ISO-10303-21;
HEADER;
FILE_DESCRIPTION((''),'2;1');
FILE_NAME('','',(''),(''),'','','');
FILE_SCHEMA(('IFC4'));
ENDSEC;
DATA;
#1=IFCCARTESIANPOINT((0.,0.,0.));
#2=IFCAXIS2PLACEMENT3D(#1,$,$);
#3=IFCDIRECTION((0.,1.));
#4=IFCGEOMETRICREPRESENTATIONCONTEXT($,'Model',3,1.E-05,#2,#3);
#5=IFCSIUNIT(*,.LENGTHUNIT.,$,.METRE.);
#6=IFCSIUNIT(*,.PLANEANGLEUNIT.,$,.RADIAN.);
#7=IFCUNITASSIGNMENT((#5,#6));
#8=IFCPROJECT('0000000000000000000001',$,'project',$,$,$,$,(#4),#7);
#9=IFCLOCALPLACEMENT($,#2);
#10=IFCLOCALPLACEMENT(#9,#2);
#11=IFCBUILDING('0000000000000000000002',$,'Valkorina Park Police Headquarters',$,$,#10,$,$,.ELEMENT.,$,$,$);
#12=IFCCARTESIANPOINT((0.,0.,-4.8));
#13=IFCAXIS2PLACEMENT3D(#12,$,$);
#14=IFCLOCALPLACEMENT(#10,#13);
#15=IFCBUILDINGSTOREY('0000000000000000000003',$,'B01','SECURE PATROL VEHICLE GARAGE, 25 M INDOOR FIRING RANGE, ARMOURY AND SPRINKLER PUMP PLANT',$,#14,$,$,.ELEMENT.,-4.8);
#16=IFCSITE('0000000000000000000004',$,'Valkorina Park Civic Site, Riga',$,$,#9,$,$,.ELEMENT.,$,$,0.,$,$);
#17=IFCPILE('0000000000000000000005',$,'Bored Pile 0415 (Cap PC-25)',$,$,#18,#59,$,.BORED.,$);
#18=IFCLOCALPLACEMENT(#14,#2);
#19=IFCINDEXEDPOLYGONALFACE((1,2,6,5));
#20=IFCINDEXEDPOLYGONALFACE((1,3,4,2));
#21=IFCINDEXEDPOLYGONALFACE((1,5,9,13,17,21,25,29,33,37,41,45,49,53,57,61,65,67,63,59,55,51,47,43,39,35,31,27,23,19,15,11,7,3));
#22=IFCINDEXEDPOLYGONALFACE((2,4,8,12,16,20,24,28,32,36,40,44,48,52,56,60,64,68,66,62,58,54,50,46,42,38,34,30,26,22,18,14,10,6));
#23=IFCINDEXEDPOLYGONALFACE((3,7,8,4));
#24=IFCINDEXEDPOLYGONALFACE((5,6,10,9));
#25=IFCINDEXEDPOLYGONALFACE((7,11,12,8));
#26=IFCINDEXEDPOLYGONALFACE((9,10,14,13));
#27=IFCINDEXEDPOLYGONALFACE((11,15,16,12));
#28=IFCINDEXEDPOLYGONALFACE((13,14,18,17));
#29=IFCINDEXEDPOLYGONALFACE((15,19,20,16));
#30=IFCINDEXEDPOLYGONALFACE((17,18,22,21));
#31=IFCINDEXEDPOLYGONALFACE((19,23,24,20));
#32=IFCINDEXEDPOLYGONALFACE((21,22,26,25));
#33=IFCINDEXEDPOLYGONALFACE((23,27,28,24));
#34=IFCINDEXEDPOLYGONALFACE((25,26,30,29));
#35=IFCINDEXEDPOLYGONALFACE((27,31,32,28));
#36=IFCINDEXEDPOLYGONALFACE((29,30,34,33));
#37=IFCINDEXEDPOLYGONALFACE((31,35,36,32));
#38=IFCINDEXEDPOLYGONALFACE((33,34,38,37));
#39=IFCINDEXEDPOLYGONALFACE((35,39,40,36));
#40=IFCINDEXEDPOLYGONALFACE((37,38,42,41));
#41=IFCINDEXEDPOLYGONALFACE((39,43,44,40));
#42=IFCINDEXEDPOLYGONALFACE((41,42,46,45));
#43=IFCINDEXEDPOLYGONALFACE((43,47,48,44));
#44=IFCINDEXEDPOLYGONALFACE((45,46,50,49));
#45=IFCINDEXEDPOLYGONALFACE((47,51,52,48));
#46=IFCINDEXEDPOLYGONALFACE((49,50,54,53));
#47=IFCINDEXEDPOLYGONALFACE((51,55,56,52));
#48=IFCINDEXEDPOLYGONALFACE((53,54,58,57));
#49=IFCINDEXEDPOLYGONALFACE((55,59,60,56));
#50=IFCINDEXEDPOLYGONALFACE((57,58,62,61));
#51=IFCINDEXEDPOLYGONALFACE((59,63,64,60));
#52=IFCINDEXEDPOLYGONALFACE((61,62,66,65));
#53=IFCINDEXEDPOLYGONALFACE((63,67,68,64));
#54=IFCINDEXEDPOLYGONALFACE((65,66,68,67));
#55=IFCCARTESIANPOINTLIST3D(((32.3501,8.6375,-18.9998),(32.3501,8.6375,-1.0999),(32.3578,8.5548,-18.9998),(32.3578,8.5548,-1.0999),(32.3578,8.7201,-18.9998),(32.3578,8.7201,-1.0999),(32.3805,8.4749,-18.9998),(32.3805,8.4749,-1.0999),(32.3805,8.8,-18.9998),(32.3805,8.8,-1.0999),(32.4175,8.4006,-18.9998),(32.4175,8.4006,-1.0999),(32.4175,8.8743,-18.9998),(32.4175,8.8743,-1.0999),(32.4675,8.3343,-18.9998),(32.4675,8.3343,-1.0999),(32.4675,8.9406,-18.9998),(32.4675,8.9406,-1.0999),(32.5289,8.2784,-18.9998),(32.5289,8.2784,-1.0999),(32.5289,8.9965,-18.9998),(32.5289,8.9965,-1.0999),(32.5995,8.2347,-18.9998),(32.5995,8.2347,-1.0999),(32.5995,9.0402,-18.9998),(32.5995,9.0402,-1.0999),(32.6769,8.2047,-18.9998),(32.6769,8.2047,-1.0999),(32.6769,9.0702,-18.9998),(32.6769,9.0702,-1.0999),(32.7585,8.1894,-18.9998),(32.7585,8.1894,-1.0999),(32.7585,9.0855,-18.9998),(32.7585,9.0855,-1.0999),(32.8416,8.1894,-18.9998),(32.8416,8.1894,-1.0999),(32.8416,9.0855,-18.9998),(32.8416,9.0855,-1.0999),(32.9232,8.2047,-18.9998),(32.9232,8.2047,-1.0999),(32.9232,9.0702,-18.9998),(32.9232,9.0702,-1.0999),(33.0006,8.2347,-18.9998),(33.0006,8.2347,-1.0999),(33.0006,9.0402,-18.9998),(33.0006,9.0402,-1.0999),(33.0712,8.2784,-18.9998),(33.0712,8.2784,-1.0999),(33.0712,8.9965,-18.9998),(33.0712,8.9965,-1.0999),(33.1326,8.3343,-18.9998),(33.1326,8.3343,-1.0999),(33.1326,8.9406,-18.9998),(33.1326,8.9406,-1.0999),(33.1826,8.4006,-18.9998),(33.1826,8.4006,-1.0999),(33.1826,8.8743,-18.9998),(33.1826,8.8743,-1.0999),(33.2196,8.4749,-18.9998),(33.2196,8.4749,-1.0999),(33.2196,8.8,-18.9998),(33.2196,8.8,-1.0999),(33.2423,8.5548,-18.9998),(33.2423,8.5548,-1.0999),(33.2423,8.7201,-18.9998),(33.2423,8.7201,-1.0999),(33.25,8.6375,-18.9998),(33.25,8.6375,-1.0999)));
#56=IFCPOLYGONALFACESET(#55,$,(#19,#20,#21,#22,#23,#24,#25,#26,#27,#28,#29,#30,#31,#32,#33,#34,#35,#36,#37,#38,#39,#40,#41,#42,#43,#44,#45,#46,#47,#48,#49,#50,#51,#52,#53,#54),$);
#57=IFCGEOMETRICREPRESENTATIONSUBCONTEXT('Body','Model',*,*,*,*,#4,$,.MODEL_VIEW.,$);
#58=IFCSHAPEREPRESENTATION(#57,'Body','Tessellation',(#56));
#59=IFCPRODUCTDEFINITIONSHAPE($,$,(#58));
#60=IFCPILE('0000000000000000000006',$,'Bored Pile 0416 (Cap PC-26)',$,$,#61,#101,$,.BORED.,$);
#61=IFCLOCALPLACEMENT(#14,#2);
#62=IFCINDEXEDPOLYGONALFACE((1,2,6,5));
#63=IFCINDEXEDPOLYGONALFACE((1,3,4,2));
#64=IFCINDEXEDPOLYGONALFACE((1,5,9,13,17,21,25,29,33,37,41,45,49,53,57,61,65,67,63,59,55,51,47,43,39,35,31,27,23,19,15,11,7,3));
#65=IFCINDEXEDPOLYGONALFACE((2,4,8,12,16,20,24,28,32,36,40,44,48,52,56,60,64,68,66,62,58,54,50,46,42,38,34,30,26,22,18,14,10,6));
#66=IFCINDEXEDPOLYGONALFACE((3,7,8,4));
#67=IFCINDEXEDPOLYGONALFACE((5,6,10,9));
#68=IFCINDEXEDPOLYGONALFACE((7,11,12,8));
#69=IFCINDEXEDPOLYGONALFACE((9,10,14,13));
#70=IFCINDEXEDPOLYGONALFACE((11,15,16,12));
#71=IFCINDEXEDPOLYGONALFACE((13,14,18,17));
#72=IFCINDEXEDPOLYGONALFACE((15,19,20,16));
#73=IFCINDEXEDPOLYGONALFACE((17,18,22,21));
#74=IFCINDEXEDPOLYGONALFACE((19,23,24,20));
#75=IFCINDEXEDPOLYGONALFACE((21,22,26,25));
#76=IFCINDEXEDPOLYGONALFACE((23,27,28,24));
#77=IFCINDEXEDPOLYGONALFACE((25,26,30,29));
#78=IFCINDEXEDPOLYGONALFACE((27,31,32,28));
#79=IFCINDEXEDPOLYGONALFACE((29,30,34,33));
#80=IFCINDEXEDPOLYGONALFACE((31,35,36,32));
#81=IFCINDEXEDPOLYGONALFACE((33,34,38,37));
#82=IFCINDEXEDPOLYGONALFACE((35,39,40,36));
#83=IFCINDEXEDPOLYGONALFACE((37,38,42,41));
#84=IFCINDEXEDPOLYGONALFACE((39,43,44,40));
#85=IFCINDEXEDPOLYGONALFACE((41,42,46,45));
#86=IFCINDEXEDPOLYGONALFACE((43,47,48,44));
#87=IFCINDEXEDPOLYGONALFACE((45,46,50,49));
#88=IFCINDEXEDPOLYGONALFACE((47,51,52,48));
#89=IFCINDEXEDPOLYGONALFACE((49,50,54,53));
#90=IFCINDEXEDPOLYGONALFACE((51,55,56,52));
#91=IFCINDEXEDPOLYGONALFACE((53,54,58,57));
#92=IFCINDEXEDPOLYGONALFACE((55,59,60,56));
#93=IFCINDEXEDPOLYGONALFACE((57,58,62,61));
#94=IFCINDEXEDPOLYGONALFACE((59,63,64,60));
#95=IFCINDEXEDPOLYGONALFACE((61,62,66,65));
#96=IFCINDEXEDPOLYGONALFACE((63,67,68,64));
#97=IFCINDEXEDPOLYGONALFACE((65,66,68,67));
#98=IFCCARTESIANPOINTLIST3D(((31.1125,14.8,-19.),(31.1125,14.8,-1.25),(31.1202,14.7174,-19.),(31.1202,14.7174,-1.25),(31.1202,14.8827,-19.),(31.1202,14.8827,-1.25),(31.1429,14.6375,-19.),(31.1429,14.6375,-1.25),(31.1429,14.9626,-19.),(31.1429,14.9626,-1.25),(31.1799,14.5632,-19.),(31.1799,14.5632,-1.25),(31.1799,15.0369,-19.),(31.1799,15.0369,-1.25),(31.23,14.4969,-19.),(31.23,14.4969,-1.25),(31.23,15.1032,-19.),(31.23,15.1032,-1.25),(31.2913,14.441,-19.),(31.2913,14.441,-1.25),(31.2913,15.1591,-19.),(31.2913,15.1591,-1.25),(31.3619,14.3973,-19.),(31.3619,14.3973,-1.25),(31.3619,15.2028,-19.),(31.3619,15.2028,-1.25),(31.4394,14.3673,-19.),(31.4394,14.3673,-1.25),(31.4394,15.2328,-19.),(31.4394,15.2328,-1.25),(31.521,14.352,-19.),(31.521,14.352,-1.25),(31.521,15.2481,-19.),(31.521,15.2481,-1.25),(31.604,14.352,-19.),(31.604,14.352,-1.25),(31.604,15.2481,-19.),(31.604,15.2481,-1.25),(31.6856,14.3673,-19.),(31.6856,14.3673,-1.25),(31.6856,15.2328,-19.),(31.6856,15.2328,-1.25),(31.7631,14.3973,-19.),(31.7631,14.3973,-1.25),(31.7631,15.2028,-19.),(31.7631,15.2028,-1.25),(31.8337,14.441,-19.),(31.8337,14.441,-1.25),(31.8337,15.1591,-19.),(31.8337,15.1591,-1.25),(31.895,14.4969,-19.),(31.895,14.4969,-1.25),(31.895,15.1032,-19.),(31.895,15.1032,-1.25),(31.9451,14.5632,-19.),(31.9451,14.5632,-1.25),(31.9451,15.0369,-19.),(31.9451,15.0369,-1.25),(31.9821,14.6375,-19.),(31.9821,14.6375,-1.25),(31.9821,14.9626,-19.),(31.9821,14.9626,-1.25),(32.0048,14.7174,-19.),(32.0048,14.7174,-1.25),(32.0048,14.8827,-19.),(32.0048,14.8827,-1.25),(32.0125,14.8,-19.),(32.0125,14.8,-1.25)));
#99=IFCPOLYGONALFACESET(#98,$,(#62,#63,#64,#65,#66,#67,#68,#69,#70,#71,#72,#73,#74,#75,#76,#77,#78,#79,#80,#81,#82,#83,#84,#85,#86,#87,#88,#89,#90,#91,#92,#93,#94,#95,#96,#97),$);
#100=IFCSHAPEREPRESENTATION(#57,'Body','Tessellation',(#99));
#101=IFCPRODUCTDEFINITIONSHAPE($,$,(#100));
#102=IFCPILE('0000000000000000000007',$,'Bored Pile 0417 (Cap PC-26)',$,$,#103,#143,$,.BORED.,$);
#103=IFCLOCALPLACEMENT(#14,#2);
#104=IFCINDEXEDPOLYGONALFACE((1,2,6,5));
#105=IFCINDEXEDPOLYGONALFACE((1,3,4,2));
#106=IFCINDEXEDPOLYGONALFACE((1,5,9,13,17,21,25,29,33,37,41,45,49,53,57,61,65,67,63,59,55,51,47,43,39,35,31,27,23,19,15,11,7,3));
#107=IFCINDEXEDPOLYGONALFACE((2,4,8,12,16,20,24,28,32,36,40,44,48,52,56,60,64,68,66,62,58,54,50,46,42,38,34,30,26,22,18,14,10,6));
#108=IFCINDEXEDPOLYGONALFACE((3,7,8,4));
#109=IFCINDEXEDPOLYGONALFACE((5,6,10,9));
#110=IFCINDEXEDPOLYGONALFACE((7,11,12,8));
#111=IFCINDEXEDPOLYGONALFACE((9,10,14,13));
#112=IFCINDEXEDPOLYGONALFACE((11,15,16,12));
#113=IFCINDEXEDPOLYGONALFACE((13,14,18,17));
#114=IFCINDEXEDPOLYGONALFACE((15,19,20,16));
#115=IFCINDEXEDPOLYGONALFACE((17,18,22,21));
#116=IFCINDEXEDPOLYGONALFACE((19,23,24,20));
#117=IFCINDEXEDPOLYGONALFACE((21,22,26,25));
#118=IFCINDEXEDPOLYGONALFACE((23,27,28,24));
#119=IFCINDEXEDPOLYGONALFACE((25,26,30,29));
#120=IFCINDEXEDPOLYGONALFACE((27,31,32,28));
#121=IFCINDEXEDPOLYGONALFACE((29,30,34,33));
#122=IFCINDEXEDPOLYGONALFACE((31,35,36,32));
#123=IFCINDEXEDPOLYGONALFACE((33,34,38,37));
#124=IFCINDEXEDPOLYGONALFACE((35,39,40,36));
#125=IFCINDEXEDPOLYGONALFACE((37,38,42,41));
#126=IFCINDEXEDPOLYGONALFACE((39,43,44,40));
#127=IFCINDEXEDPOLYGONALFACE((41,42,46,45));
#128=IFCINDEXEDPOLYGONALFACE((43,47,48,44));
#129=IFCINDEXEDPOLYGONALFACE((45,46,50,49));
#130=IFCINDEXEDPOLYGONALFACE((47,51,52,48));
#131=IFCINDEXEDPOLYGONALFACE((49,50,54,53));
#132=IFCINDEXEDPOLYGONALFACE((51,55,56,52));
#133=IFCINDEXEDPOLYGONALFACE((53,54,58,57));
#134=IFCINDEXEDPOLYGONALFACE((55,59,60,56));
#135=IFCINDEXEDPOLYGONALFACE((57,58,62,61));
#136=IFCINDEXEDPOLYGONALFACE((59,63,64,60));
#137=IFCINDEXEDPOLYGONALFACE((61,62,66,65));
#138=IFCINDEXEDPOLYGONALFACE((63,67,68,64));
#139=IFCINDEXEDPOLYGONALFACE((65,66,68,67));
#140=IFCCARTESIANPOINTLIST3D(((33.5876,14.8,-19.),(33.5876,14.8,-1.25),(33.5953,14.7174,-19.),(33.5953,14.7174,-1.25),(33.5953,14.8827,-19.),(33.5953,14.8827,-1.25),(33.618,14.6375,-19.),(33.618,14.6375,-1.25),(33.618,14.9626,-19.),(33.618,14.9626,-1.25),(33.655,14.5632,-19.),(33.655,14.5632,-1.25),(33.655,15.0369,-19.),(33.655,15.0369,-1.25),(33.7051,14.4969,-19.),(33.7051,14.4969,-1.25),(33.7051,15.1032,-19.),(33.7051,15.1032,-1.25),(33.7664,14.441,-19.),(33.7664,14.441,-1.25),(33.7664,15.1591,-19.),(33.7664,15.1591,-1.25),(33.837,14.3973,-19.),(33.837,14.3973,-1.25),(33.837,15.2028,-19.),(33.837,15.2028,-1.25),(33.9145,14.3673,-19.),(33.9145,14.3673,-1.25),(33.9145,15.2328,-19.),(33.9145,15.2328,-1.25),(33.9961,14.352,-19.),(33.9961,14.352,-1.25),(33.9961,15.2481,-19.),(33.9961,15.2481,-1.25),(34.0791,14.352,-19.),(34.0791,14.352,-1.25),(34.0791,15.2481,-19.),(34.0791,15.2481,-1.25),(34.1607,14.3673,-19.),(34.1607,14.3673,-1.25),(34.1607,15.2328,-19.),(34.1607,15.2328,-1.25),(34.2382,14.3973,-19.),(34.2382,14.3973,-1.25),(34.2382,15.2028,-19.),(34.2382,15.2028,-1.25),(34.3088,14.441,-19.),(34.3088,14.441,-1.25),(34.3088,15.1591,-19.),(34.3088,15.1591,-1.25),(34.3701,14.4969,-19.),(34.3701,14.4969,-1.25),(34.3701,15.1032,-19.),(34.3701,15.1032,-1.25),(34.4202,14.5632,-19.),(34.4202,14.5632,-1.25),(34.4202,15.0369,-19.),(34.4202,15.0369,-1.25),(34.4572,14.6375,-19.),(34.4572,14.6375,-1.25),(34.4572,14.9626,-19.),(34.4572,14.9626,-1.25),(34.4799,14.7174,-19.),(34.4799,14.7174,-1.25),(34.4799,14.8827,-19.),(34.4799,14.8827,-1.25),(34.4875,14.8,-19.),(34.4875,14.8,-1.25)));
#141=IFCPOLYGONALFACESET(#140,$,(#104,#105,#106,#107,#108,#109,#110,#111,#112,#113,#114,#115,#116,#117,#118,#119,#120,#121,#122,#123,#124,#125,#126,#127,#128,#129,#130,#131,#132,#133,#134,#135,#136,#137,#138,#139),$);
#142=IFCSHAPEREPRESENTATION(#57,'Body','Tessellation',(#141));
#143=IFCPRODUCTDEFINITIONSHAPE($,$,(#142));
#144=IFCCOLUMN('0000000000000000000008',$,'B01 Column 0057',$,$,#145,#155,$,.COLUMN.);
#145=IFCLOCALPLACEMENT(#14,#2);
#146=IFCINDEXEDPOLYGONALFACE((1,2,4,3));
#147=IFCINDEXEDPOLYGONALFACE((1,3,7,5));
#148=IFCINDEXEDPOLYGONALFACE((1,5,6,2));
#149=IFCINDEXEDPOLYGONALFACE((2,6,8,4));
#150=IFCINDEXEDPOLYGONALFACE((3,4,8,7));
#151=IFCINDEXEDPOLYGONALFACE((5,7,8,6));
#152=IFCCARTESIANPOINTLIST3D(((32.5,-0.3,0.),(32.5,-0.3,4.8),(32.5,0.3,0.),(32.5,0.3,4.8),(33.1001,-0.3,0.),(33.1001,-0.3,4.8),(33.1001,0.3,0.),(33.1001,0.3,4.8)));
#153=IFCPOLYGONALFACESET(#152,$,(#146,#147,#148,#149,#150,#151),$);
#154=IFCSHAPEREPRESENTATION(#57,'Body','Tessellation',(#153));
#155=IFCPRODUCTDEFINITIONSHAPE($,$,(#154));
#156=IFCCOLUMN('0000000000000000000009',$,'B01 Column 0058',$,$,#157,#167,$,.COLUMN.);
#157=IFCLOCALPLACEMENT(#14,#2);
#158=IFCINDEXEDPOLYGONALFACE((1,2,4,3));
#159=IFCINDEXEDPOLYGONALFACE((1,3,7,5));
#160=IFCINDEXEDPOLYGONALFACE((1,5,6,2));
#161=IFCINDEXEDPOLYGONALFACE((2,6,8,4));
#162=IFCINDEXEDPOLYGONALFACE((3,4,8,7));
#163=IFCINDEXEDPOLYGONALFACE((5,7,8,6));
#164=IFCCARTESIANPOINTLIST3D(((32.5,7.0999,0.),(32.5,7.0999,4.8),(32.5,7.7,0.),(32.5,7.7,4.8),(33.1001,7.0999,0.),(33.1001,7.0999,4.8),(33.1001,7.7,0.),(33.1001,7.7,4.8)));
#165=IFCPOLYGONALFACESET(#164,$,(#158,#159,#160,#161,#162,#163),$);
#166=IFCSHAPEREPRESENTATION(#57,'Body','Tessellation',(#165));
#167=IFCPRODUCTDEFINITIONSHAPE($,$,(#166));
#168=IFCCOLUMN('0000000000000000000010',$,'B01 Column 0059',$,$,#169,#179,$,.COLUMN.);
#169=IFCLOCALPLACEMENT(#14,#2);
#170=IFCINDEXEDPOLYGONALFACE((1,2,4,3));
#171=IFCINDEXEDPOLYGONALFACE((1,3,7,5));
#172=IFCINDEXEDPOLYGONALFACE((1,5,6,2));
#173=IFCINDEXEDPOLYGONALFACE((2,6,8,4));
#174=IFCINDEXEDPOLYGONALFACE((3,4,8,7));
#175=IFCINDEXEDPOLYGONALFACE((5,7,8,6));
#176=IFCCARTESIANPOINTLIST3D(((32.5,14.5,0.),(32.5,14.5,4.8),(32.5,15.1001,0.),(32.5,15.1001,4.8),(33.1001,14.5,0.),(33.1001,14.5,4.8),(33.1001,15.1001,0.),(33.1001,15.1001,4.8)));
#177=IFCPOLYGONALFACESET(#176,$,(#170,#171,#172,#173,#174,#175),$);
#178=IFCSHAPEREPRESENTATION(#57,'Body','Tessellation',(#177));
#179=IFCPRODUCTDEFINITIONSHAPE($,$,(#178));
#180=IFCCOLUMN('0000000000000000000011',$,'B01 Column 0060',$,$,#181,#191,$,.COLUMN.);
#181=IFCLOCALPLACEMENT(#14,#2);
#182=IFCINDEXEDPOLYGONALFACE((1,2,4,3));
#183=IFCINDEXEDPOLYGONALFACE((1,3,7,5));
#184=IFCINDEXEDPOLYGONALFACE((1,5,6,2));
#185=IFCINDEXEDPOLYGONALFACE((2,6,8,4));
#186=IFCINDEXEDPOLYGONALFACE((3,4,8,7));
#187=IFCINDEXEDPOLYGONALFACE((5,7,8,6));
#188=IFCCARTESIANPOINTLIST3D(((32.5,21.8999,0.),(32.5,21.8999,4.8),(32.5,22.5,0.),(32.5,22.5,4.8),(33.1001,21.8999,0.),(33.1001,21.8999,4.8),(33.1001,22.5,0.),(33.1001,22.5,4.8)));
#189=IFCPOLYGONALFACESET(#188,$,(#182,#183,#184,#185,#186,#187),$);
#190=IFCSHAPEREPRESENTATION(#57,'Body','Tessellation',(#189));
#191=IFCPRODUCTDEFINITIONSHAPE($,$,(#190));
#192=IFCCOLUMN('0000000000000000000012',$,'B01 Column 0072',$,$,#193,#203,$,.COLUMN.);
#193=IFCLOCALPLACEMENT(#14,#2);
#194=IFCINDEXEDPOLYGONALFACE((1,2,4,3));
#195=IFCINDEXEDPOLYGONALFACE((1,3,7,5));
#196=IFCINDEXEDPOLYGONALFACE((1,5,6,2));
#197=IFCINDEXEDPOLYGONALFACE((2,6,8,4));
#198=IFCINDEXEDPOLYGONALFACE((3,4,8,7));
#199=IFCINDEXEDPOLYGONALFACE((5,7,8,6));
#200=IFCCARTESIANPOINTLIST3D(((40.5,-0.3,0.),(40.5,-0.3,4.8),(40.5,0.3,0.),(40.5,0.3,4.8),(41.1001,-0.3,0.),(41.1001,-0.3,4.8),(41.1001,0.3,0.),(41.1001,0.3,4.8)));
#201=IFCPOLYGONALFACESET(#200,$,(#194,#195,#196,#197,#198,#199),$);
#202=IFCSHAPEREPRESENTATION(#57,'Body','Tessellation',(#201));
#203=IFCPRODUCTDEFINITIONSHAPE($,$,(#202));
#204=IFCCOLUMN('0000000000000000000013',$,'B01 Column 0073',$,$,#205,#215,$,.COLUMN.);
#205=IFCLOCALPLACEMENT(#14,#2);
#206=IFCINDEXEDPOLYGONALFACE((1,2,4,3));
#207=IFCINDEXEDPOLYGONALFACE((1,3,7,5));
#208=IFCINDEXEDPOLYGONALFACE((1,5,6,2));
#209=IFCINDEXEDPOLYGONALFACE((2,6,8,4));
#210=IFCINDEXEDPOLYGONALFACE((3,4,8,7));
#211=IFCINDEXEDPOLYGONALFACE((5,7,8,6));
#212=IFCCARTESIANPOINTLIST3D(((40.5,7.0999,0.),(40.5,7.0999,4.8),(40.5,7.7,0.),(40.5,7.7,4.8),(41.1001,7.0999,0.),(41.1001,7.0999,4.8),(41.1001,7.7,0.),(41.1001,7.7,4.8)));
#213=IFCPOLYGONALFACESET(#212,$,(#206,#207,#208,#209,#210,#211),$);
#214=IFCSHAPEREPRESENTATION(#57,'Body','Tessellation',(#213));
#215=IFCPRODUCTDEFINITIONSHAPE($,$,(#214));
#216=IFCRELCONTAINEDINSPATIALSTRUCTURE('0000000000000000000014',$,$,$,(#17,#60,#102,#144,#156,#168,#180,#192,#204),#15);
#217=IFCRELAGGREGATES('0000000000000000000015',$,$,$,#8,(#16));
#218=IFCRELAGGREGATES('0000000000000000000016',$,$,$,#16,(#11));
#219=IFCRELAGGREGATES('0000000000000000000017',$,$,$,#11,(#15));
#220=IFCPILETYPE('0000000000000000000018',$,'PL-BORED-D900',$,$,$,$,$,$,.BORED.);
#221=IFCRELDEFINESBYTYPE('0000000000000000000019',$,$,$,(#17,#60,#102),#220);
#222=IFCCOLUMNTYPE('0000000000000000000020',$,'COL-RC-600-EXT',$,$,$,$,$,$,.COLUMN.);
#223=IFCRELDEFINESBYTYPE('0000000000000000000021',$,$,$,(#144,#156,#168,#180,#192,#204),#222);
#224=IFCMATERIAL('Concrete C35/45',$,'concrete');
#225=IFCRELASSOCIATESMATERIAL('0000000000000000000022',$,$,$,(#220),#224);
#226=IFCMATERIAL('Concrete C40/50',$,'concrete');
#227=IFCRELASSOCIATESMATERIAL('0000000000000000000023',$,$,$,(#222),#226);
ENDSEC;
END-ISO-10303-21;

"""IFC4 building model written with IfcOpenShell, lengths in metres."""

from ifc_helpers import new_model, si_unit, direction, frame, origin, origin_2d, place, context, subcontext, project, spatial, rectangle, circle, extrude, material, material_profile, profile_set, type_object, element, save


model = new_model("IFC4")

# Units and contexts
model_context = context("Model", 3, precision=1e-05, world=origin(), true_north=direction((0.0, 1.0)))
body_context = subcontext(model_context, "Body", "Model", "MODEL_VIEW")
ifc_project = project(units=[si_unit("LENGTHUNIT", "METRE"), si_unit("PLANEANGLEUNIT", "RADIAN")], contexts=[model_context])

# Site, building, storey
site_placement = place(None, origin())
site = spatial("IfcSite", under=ifc_project, at=site_placement, Name="Valkorina Park Civic Site, Riga", CompositionType="ELEMENT", RefElevation=0.0)
building_placement = place(site_placement, origin())
building = spatial("IfcBuilding", under=site, at=building_placement, Name="Valkorina Park Police Headquarters", CompositionType="ELEMENT")
storey_placement = place(building_placement, frame((0.0, 0.0, -4.8)))
storey = spatial("IfcBuildingStorey", under=building, at=storey_placement, Name="B01", Description="SECURE PATROL VEHICLE GARAGE, 25 M INDOOR FIRING RANGE, ARMOURY AND SPRINKLER PUMP PLANT", CompositionType="ELEMENT", Elevation=-4.8)

# Shared definitions
ifc_material_1 = material(Name="Concrete C40/50", Category="concrete")

# Piles
ifc_material_2 = material(Name="Concrete C35/45", Category="concrete")
ifc_material_profile_1 = material_profile(ifc_material_2, circle(Radius=0.45, at=origin_2d()), Name="BORED PILE D900")
ifc_profile_set_1 = profile_set([ifc_material_profile_1], Name="Concrete C35/45")
pile_type_1 = type_object("IfcPileType", Name="PL-BORED-D900", PredefinedType="BORED", material=ifc_profile_set_1)
for number, where, z_axis, x_axis, name in (
    (1, (32.8, 8.6375, -1.0999), (0.0, 0.0, -1.0), (1.0, 0.0, 0.0), "Bored Pile 0415 (Cap PC-25)"),
):
    element("IfcPile", number, at=place(storey_placement, frame(where, z_axis=z_axis, x_axis=x_axis)), inside=storey, type_object=pile_type_1, Name=name, PredefinedType="BORED", context=body_context, shape_type="SweptSolid", body=[
        extrude(circle(Radius=0.45, at=origin_2d()), origin(), (0.0, 0.0, 1.0), 17.8999),
    ])
for number, where, z_axis, x_axis, name in (
    (2, (31.5625, 14.8, -1.25), (0.0, 0.0, -1.0), (1.0, 0.0, 0.0), "Bored Pile 0416 (Cap PC-26)"),
    (3, (34.0376, 14.8, -1.25), (0.0, 0.0, -1.0), (1.0, 0.0, 0.0), "Bored Pile 0417 (Cap PC-26)"),
):
    element("IfcPile", number, at=place(storey_placement, frame(where, z_axis=z_axis, x_axis=x_axis)), inside=storey, type_object=pile_type_1, Name=name, PredefinedType="BORED", context=body_context, shape_type="SweptSolid", body=[
        extrude(circle(Radius=0.45, at=origin_2d()), origin(), (0.0, 0.0, 1.0), 17.75),
    ])

# Columns
ifc_material_profile_2 = material_profile(ifc_material_1, rectangle(XDim=0.6001, YDim=0.6001, at=origin_2d()), Name="RC COL 600x600")
ifc_profile_set_2 = profile_set([ifc_material_profile_2], Name="Concrete C40/50")
column_type = type_object("IfcColumnType", Name="COL-RC-600-EXT", PredefinedType="COLUMN", material=ifc_profile_set_2)
for number, where, z_axis, x_axis, name in (
    (4, (32.8, 0.0, 0.0), (0.0, 0.0, 1.0), (1.0, 0.0, 0.0), "B01 Column 0057"),
    (5, (32.8, 7.3999, 0.0), (0.0, 0.0, 1.0), (1.0, 0.0, 0.0), "B01 Column 0058"),
    (6, (32.8, 14.8, 0.0), (0.0, 0.0, 1.0), (1.0, 0.0, 0.0), "B01 Column 0059"),
    (7, (32.8, 22.2, 0.0), (0.0, 0.0, 1.0), (1.0, 0.0, 0.0), "B01 Column 0060"),
    (8, (40.8, 0.0, 0.0), (0.0, 0.0, 1.0), (1.0, 0.0, 0.0), "B01 Column 0072"),
    (9, (40.8, 7.3999, 0.0), (0.0, 0.0, 1.0), (1.0, 0.0, 0.0), "B01 Column 0073"),
):
    element("IfcColumn", number, at=place(storey_placement, frame(where, z_axis=z_axis, x_axis=x_axis)), inside=storey, type_object=column_type, Name=name, PredefinedType="COLUMN", context=body_context, shape_type="SweptSolid", body=[
        extrude(rectangle(XDim=0.6001, YDim=0.6001, at=origin_2d()), origin(), (0.0, 0.0, 1.0), 4.8),
    ])

save(model, "model.ifc")
